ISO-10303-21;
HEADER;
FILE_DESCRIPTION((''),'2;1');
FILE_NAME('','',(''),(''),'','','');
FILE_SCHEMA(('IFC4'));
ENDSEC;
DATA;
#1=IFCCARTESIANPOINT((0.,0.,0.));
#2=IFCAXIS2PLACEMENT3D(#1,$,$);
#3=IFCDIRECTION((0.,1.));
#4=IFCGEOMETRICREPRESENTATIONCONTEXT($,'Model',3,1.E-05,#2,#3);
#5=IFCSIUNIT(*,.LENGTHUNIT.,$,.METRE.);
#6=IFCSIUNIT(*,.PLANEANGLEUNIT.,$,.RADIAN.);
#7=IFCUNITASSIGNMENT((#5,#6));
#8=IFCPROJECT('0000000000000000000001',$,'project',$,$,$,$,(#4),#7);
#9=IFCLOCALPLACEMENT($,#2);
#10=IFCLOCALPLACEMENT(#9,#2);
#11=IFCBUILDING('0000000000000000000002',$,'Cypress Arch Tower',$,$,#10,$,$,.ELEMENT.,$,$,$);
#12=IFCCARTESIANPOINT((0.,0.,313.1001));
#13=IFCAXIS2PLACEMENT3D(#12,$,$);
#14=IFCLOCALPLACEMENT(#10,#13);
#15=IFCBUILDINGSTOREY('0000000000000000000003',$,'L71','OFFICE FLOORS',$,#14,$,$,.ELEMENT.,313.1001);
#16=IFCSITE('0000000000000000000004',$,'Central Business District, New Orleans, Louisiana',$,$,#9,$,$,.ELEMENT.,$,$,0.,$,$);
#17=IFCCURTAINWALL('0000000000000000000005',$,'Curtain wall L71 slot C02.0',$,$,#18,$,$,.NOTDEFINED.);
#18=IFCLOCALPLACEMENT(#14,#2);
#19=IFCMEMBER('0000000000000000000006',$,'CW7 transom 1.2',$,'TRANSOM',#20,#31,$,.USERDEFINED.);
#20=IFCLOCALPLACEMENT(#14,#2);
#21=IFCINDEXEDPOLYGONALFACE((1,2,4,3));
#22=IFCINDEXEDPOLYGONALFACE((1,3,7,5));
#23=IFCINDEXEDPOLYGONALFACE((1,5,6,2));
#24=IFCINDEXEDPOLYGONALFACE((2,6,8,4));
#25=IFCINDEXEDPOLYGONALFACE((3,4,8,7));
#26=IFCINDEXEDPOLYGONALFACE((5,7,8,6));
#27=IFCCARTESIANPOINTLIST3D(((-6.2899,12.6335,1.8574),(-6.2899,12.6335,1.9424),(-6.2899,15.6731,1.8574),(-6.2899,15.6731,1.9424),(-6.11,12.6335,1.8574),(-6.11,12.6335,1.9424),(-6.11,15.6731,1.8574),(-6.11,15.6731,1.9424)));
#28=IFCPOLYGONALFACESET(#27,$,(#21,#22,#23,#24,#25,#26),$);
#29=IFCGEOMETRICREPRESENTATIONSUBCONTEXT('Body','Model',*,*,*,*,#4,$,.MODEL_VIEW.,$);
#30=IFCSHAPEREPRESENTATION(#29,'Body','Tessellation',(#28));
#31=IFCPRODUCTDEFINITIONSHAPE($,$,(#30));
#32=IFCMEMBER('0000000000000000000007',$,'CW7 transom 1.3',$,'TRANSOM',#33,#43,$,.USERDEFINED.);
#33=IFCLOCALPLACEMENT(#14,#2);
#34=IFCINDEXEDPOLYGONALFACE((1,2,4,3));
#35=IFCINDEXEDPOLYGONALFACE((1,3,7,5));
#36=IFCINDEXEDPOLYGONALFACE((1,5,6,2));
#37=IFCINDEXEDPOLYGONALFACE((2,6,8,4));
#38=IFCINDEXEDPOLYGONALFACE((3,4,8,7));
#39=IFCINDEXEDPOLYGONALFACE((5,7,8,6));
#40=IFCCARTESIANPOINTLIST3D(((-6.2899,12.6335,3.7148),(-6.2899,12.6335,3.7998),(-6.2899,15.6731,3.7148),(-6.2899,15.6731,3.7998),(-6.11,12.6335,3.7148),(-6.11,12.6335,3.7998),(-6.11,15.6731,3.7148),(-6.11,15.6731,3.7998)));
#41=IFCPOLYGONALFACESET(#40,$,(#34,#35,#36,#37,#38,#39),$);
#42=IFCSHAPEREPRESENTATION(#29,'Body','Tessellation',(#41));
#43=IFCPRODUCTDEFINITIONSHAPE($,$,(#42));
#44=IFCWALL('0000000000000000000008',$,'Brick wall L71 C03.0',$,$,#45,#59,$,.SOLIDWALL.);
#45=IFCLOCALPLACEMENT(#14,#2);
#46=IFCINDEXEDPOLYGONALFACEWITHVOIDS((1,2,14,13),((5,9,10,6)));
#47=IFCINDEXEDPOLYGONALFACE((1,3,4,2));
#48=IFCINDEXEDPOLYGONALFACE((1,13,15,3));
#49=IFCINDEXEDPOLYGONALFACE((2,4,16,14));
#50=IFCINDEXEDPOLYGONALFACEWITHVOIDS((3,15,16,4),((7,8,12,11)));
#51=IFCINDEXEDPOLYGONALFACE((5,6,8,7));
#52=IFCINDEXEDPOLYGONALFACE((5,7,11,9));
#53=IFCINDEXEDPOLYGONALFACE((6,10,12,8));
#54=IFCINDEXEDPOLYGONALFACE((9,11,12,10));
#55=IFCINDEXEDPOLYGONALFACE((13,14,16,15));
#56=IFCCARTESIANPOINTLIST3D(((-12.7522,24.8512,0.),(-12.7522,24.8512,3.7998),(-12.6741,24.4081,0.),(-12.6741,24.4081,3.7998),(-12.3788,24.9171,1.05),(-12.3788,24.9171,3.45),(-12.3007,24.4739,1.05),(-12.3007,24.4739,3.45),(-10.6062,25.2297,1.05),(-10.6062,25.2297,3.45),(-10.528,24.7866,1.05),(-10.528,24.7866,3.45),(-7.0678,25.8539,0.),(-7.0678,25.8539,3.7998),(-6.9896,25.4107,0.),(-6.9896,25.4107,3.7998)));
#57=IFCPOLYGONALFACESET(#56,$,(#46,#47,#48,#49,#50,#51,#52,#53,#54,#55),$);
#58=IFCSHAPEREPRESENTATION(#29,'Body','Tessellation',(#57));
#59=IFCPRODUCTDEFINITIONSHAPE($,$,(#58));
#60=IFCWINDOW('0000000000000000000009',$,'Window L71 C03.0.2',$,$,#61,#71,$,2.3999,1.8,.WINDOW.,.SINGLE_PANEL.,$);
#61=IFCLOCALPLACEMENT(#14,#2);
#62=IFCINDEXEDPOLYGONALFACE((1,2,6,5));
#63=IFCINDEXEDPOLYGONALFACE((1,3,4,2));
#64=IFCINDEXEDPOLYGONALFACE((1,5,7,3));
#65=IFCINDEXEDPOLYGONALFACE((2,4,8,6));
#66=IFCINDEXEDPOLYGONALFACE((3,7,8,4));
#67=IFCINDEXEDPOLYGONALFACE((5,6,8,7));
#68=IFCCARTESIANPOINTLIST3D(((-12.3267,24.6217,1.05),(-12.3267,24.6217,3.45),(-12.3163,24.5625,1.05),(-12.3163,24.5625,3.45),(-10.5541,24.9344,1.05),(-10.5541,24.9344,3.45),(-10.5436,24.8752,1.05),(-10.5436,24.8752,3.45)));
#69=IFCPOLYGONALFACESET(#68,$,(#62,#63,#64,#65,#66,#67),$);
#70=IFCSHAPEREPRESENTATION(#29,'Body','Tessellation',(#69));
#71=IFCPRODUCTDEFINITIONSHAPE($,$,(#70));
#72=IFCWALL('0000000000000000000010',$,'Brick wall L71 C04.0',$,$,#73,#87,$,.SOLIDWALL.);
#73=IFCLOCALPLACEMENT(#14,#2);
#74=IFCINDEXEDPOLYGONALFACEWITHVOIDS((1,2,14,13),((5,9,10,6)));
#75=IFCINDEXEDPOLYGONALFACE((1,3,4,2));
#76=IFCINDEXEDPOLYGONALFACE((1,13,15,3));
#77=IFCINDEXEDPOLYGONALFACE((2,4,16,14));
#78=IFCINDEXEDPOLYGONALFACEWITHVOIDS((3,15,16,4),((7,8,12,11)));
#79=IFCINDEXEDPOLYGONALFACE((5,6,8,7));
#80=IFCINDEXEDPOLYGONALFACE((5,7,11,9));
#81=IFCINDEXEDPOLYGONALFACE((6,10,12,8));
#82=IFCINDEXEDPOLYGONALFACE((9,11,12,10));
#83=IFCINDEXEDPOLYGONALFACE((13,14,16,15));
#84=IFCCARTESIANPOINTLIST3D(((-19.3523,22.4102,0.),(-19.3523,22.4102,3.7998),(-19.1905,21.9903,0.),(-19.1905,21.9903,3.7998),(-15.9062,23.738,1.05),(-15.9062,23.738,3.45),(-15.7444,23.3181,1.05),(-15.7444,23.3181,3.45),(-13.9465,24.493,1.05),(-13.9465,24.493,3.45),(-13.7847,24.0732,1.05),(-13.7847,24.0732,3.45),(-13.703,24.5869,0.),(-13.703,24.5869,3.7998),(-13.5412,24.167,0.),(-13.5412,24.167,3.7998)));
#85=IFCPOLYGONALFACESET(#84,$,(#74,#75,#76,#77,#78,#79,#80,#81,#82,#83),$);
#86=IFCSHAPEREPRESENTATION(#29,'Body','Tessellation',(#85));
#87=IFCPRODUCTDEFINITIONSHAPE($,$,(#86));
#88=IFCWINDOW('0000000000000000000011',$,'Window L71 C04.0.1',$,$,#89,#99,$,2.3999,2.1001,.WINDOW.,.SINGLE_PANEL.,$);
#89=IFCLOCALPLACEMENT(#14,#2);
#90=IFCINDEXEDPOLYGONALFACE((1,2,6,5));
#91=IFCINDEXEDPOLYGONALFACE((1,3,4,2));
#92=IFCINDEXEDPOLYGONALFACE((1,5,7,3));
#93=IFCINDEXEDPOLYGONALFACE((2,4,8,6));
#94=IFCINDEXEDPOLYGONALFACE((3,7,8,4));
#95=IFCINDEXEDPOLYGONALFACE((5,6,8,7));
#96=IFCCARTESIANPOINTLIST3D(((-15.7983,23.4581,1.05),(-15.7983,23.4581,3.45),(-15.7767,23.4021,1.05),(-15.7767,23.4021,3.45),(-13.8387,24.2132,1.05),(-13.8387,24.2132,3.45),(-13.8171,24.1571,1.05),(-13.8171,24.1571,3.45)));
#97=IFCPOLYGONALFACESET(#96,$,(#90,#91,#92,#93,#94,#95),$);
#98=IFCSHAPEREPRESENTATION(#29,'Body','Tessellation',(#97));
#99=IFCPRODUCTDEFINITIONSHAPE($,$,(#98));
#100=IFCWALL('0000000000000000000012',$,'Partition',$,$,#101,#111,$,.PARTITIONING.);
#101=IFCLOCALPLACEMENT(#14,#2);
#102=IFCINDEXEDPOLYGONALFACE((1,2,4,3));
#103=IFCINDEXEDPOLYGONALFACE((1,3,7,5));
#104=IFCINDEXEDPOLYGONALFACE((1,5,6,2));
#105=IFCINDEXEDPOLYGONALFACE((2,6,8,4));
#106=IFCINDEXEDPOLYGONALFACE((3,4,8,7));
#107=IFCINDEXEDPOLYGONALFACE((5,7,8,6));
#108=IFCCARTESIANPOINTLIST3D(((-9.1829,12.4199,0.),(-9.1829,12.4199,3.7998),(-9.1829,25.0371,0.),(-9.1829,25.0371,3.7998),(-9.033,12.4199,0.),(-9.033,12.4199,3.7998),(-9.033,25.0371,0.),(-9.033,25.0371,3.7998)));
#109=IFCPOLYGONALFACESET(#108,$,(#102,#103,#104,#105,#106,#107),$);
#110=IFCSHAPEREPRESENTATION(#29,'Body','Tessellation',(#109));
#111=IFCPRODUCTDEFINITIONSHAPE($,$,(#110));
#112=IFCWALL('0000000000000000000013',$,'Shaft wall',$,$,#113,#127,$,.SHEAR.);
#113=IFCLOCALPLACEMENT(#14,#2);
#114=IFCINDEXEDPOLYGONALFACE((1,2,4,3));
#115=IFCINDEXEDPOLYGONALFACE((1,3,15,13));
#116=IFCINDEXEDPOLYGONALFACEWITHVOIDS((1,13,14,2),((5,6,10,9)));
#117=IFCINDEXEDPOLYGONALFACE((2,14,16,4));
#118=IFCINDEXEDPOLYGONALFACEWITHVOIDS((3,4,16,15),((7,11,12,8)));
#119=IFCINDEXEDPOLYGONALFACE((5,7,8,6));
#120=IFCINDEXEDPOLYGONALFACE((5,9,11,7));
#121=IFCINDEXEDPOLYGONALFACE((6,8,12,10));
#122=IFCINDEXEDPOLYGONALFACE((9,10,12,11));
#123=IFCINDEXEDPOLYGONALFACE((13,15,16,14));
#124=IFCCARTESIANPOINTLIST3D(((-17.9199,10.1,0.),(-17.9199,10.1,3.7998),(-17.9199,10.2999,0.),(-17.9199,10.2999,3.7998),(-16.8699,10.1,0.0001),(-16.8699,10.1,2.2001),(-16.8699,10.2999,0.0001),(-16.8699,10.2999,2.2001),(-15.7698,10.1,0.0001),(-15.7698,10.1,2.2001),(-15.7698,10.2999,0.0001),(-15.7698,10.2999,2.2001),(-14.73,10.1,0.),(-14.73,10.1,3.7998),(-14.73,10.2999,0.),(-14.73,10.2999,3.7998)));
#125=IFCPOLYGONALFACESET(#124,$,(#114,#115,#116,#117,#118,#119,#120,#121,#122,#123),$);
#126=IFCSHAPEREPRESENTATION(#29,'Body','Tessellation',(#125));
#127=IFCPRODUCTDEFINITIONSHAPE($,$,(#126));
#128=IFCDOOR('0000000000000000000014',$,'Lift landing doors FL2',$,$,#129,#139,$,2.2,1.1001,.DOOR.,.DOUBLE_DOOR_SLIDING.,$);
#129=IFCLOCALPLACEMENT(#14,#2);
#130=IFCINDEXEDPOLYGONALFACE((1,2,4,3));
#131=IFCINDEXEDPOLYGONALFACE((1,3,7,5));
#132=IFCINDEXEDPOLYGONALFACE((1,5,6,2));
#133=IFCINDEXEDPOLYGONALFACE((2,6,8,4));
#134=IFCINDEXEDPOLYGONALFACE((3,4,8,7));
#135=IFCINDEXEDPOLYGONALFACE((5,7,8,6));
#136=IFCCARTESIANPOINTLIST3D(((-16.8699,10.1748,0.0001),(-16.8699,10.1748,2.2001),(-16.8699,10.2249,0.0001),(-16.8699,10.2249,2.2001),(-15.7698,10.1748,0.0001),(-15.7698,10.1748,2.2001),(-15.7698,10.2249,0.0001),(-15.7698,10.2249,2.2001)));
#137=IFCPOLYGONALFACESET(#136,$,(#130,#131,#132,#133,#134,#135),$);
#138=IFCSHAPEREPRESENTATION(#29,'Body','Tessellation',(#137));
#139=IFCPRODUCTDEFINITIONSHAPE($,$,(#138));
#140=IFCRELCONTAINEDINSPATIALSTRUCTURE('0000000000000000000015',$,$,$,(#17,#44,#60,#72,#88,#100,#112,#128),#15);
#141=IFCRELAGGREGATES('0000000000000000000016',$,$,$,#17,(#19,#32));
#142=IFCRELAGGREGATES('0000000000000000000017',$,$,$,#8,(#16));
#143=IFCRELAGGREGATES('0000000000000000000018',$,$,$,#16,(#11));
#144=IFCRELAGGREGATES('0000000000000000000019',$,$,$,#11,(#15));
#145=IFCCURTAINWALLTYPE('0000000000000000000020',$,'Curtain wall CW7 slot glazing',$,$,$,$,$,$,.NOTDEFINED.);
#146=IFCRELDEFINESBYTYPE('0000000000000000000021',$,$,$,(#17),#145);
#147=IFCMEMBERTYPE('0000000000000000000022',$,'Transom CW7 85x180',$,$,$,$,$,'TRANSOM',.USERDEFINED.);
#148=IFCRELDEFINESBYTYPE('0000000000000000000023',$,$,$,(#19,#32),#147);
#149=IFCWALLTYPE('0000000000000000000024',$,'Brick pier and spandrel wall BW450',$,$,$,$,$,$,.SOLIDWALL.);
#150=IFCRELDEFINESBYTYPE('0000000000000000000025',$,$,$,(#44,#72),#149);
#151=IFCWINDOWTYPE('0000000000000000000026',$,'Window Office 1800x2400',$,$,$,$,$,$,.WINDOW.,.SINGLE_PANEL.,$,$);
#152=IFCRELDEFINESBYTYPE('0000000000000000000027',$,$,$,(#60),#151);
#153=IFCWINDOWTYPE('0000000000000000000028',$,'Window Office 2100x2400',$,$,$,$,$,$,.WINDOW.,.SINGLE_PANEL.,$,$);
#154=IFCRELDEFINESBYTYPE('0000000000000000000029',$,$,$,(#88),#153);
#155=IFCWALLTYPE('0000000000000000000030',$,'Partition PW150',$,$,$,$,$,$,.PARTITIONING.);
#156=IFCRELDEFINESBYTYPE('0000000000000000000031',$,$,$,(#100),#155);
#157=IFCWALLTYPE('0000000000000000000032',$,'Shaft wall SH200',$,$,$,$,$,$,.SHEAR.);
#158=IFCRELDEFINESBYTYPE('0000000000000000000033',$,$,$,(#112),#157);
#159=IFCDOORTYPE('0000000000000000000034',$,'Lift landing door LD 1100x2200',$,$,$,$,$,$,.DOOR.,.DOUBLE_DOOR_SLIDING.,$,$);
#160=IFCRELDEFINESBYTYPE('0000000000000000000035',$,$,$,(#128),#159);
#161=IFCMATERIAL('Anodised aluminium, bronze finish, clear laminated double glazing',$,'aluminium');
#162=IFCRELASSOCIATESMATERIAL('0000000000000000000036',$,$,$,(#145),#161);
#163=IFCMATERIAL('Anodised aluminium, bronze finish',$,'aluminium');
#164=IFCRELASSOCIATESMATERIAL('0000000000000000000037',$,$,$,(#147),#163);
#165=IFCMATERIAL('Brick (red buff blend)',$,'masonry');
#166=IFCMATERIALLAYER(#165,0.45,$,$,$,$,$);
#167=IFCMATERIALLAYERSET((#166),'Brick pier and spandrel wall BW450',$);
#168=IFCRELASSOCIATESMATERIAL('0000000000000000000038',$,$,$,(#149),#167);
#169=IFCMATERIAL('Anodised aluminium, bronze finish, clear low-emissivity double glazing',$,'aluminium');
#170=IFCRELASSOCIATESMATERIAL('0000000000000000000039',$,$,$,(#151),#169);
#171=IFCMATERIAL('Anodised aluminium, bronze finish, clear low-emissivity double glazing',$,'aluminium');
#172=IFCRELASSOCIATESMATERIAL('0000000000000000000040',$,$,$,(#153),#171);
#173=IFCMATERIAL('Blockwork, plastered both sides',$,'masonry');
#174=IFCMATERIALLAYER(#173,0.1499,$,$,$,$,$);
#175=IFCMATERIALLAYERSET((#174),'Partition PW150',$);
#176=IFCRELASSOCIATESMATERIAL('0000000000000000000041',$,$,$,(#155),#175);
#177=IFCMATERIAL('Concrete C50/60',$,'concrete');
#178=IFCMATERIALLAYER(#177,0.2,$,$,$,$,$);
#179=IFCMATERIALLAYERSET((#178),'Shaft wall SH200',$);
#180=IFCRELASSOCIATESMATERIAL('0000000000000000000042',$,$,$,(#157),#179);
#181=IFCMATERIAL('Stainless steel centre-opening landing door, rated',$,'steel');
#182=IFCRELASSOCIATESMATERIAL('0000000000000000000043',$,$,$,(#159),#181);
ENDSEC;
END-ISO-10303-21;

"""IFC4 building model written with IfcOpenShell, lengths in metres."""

from ifc_helpers import new_model, si_unit, direction, frame, frame_2d, origin, origin_2d, place, context, subcontext, project, spatial, rectangle, extrude, material, layer, layer_set, material_profile, profile_set, type_object, element, fill, aggregate, save


model = new_model("IFC4")

# Units and contexts
model_context = context("Model", 3, precision=1e-05, world=origin(), true_north=direction((0.0, 1.0)))
body_context = subcontext(model_context, "Body", "Model", "MODEL_VIEW")
ifc_project = project(units=[si_unit("LENGTHUNIT", "METRE"), si_unit("PLANEANGLEUNIT", "RADIAN")], contexts=[model_context])

# Site, building, storey
site_placement = place(None, origin())
site = spatial("IfcSite", under=ifc_project, at=site_placement, Name="Central Business District, New Orleans, Louisiana", CompositionType="ELEMENT", RefElevation=0.0)
building_placement = place(site_placement, origin())
building = spatial("IfcBuilding", under=site, at=building_placement, Name="Cypress Arch Tower", CompositionType="ELEMENT")
storey_placement = place(building_placement, frame((0.0, 0.0, 313.1001)))
storey = spatial("IfcBuildingStorey", under=building, at=storey_placement, Name="L71", Description="OFFICE FLOORS", CompositionType="ELEMENT", Elevation=313.1001)

# Curtain wall
ifc_material_1 = material(Name="Anodised aluminium, bronze finish, clear laminated double glazing", Category="aluminium")
curtain_wall_type = type_object("IfcCurtainWallType", Name="Curtain wall CW7 slot glazing", PredefinedType="NOTDEFINED", material=ifc_material_1)
curtain_wall_placement = place(storey_placement, origin())
curtain_wall = element("IfcCurtainWall", 1, at=curtain_wall_placement, inside=storey, type_object=curtain_wall_type, Name="Curtain wall L71 slot C02.0", PredefinedType="NOTDEFINED")

# Members
ifc_material_2 = material(Name="Anodised aluminium, bronze finish", Category="aluminium")
ifc_material_profile_1 = material_profile(ifc_material_2, rectangle(XDim=0.1799, YDim=0.085, at=origin_2d()), Name="Transom 85x180")
ifc_profile_set_1 = profile_set([ifc_material_profile_1], Name="Anodised aluminium, bronze finish")
member_type_1 = type_object("IfcMemberType", Name="Transom CW7 85x180", ElementType="TRANSOM", PredefinedType="USERDEFINED", material=ifc_profile_set_1)
member_1_placement = place(storey_placement, frame((-6.2, 12.6335, 1.8999), z_axis=(0.0, 1.0, 0.0), x_axis=(-1.0, 0.0, 0.0)))
member_1 = element("IfcMember", 2, at=member_1_placement, type_object=member_type_1, Name="CW7 transom 1.2", ObjectType="TRANSOM", PredefinedType="USERDEFINED", context=body_context, shape_type="SweptSolid", body=[
    extrude(rectangle(XDim=0.1799, YDim=0.085, at=origin_2d()), origin(), (0.0, 0.0, 1.0), 3.0396),
])
member_2_placement = place(storey_placement, frame((-6.2, 12.6335, 3.7573), z_axis=(0.0, 1.0, 0.0), x_axis=(-1.0, 0.0, 0.0)))
member_2 = element("IfcMember", 3, at=member_2_placement, type_object=member_type_1, Name="CW7 transom 1.3", ObjectType="TRANSOM", PredefinedType="USERDEFINED", context=body_context, shape_type="SweptSolid", body=[
    extrude(rectangle(XDim=0.1799, YDim=0.085, at=origin_2d()), origin(), (0.0, 0.0, 1.0), 3.0396),
])
aggregate(curtain_wall, [member_1, member_2])

# Walls, openings, windows
ifc_material_3 = material(Name="Brick (red buff blend)", Category="masonry")
ifc_layer_1 = layer(ifc_material_3, 0.45)
ifc_layer_set_1 = layer_set([ifc_layer_1], Name="Brick pier and spandrel wall BW450")
wall_type_1 = type_object("IfcWallType", Name="Brick pier and spandrel wall BW450", PredefinedType="SOLIDWALL", material=ifc_layer_set_1)
wall_1_placement = place(storey_placement, frame((-7.0286, 25.6323, 0.0), z_axis=(0.0, 0.0, 1.0), x_axis=(-0.984798, -0.173706, 0.0)))
wall_1 = element("IfcWall", 4, at=wall_1_placement, inside=storey, type_object=wall_type_1, Name="Brick wall L71 C03.0", PredefinedType="SOLIDWALL", context=body_context, shape_type="SweptSolid", body=[
    extrude(rectangle(XDim=5.7722, YDim=0.45, at=frame_2d((2.8862, 0.0))), origin(), (0.0, 0.0, 1.0), 3.7998),
])
opening_1_placement = place(wall_1_placement, frame((3.5933, 0.0, 1.05)))
opening_1 = element("IfcOpeningElement", 5, at=opening_1_placement, cuts=wall_1, PredefinedType="OPENING", context=body_context, shape_type="SweptSolid", body=[
    extrude(rectangle(XDim=1.8, YDim=2.3999, at=frame_2d((0.8999, 1.2))), frame((0.0, 0.2349, 0.0), z_axis=(0.0, -1.0, 0.0), x_axis=(1.0, 0.0, 0.0)), (0.0, 0.0, 1.0), 0.47),
])
ifc_material_4 = material(Name="Anodised aluminium, bronze finish, clear low-emissivity double glazing", Category="aluminium")
window_type_1 = type_object("IfcWindowType", Name="Window Office 1800x2400", PartitioningType="SINGLE_PANEL", PredefinedType="WINDOW", material=ifc_material_4)
window_1_placement = place(opening_1_placement, origin())
window_1 = element("IfcWindow", 6, at=window_1_placement, inside=storey, type_object=window_type_1, Name="Window L71 C03.0.2", OverallHeight=2.3999, OverallWidth=1.8, PartitioningType="SINGLE_PANEL", PredefinedType="WINDOW", context=body_context, shape_type="SweptSolid", body=[
    extrude(rectangle(XDim=1.8, YDim=2.3999, at=frame_2d((0.8999, 1.2))), frame((0.0, 0.135, 0.0), z_axis=(0.0, -1.0, 0.0), x_axis=(1.0, 0.0, 0.0)), (0.0, 0.0, 1.0), 0.0601),
])
fill(opening_1, window_1)
wall_2_placement = place(storey_placement, frame((-13.6221, 24.377, 0.0), z_axis=(0.0, 0.0, 1.0), x_axis=(-0.933129, -0.359541, 0.0)))
wall_2 = element("IfcWall", 7, at=wall_2_placement, inside=storey, type_object=wall_type_1, Name="Brick wall L71 C04.0", PredefinedType="SOLIDWALL", context=body_context, shape_type="SweptSolid", body=[
    extrude(rectangle(XDim=6.0542, YDim=0.45, at=frame_2d((3.0271, 0.0))), origin(), (0.0, 0.0, 1.0), 3.7998),
])
opening_2_placement = place(wall_2_placement, frame((0.261, 0.0, 1.05)))
opening_2 = element("IfcOpeningElement", 8, at=opening_2_placement, cuts=wall_2, PredefinedType="OPENING", context=body_context, shape_type="SweptSolid", body=[
    extrude(rectangle(XDim=2.1001, YDim=2.3999, at=frame_2d((1.05, 1.2))), frame((0.0, 0.2349, 0.0), z_axis=(0.0, -1.0, 0.0), x_axis=(1.0, 0.0, 0.0)), (0.0, 0.0, 1.0), 0.47),
])
ifc_material_5 = material(Name="Anodised aluminium, bronze finish, clear low-emissivity double glazing", Category="aluminium")
window_type_2 = type_object("IfcWindowType", Name="Window Office 2100x2400", PartitioningType="SINGLE_PANEL", PredefinedType="WINDOW", material=ifc_material_5)
window_2_placement = place(opening_2_placement, origin())
window_2 = element("IfcWindow", 9, at=window_2_placement, inside=storey, type_object=window_type_2, Name="Window L71 C04.0.1", OverallHeight=2.3999, OverallWidth=2.1001, PartitioningType="SINGLE_PANEL", PredefinedType="WINDOW", context=body_context, shape_type="SweptSolid", body=[
    extrude(rectangle(XDim=2.1001, YDim=2.3999, at=frame_2d((1.05, 1.2))), frame((0.0, 0.135, 0.0), z_axis=(0.0, -1.0, 0.0), x_axis=(1.0, 0.0, 0.0)), (0.0, 0.0, 1.0), 0.0601),
])
fill(opening_2, window_2)

# Wall
ifc_material_6 = material(Name="Blockwork, plastered both sides", Category="masonry")
ifc_layer_2 = layer(ifc_material_6, 0.1499)
ifc_layer_set_2 = layer_set([ifc_layer_2], Name="Partition PW150")
wall_type_2 = type_object("IfcWallType", Name="Partition PW150", PredefinedType="PARTITIONING", material=ifc_layer_set_2)
wall_3_placement = place(storey_placement, frame((-9.1079, 12.4199, 0.0), z_axis=(0.0, 0.0, 1.0), x_axis=(0.0, 1.0, 0.0)))
element("IfcWall", 10, at=wall_3_placement, inside=storey, type_object=wall_type_2, Name="Partition", PredefinedType="PARTITIONING", context=body_context, shape_type="SweptSolid", body=[
    extrude(rectangle(XDim=12.6172, YDim=0.1499, at=frame_2d((6.3086, 0.0))), origin(), (0.0, 0.0, 1.0), 3.7998),
])

# Wall, opening, door
ifc_material_7 = material(Name="Concrete C50/60", Category="concrete")
ifc_layer_3 = layer(ifc_material_7, 0.2)
ifc_layer_set_3 = layer_set([ifc_layer_3], Name="Shaft wall SH200")
wall_type_3 = type_object("IfcWallType", Name="Shaft wall SH200", PredefinedType="SHEAR", material=ifc_layer_set_3)
wall_4_placement = place(storey_placement, frame((-17.9199, 10.2, 0.0), z_axis=(0.0, 0.0, 1.0), x_axis=(1.0, 0.0, 0.0)))
wall_4 = element("IfcWall", 11, at=wall_4_placement, inside=storey, type_object=wall_type_3, Name="Shaft wall", PredefinedType="SHEAR", context=body_context, shape_type="SweptSolid", body=[
    extrude(rectangle(XDim=3.1899, YDim=0.2, at=frame_2d((1.595, 0.0))), origin(), (0.0, 0.0, 1.0), 3.7998),
])
opening_3_placement = place(wall_4_placement, frame((1.05, 0.0, 0.0)))
opening_3 = element("IfcOpeningElement", 12, at=opening_3_placement, cuts=wall_4, PredefinedType="OPENING", context=body_context, shape_type="SweptSolid", body=[
    extrude(rectangle(XDim=1.1001, YDim=2.2, at=frame_2d((0.55, 1.1001))), frame((0.0, 0.1099, 0.0), z_axis=(0.0, -1.0, 0.0), x_axis=(1.0, 0.0, 0.0)), (0.0, 0.0, 1.0), 0.22),
])
ifc_material_8 = material(Name="Stainless steel centre-opening landing door, rated", Category="steel")
door_type_1 = type_object("IfcDoorType", Name="Lift landing door LD 1100x2200", OperationType="DOUBLE_DOOR_SLIDING", PredefinedType="DOOR", material=ifc_material_8)
door_1_placement = place(opening_3_placement, origin())
door_1 = element("IfcDoor", 13, at=door_1_placement, inside=storey, type_object=door_type_1, Name="Lift landing doors FL2", OperationType="DOUBLE_DOOR_SLIDING", OverallHeight=2.2, OverallWidth=1.1001, PredefinedType="DOOR", context=body_context, shape_type="SweptSolid", body=[
    extrude(rectangle(XDim=1.1001, YDim=2.2, at=frame_2d((0.55, 1.1001))), frame((0.0, 0.0249, 0.0), z_axis=(0.0, -1.0, 0.0), x_axis=(1.0, 0.0, 0.0)), (0.0, 0.0, 1.0), 0.05),
])
fill(opening_3, door_1)

save(model, "model.ifc")
